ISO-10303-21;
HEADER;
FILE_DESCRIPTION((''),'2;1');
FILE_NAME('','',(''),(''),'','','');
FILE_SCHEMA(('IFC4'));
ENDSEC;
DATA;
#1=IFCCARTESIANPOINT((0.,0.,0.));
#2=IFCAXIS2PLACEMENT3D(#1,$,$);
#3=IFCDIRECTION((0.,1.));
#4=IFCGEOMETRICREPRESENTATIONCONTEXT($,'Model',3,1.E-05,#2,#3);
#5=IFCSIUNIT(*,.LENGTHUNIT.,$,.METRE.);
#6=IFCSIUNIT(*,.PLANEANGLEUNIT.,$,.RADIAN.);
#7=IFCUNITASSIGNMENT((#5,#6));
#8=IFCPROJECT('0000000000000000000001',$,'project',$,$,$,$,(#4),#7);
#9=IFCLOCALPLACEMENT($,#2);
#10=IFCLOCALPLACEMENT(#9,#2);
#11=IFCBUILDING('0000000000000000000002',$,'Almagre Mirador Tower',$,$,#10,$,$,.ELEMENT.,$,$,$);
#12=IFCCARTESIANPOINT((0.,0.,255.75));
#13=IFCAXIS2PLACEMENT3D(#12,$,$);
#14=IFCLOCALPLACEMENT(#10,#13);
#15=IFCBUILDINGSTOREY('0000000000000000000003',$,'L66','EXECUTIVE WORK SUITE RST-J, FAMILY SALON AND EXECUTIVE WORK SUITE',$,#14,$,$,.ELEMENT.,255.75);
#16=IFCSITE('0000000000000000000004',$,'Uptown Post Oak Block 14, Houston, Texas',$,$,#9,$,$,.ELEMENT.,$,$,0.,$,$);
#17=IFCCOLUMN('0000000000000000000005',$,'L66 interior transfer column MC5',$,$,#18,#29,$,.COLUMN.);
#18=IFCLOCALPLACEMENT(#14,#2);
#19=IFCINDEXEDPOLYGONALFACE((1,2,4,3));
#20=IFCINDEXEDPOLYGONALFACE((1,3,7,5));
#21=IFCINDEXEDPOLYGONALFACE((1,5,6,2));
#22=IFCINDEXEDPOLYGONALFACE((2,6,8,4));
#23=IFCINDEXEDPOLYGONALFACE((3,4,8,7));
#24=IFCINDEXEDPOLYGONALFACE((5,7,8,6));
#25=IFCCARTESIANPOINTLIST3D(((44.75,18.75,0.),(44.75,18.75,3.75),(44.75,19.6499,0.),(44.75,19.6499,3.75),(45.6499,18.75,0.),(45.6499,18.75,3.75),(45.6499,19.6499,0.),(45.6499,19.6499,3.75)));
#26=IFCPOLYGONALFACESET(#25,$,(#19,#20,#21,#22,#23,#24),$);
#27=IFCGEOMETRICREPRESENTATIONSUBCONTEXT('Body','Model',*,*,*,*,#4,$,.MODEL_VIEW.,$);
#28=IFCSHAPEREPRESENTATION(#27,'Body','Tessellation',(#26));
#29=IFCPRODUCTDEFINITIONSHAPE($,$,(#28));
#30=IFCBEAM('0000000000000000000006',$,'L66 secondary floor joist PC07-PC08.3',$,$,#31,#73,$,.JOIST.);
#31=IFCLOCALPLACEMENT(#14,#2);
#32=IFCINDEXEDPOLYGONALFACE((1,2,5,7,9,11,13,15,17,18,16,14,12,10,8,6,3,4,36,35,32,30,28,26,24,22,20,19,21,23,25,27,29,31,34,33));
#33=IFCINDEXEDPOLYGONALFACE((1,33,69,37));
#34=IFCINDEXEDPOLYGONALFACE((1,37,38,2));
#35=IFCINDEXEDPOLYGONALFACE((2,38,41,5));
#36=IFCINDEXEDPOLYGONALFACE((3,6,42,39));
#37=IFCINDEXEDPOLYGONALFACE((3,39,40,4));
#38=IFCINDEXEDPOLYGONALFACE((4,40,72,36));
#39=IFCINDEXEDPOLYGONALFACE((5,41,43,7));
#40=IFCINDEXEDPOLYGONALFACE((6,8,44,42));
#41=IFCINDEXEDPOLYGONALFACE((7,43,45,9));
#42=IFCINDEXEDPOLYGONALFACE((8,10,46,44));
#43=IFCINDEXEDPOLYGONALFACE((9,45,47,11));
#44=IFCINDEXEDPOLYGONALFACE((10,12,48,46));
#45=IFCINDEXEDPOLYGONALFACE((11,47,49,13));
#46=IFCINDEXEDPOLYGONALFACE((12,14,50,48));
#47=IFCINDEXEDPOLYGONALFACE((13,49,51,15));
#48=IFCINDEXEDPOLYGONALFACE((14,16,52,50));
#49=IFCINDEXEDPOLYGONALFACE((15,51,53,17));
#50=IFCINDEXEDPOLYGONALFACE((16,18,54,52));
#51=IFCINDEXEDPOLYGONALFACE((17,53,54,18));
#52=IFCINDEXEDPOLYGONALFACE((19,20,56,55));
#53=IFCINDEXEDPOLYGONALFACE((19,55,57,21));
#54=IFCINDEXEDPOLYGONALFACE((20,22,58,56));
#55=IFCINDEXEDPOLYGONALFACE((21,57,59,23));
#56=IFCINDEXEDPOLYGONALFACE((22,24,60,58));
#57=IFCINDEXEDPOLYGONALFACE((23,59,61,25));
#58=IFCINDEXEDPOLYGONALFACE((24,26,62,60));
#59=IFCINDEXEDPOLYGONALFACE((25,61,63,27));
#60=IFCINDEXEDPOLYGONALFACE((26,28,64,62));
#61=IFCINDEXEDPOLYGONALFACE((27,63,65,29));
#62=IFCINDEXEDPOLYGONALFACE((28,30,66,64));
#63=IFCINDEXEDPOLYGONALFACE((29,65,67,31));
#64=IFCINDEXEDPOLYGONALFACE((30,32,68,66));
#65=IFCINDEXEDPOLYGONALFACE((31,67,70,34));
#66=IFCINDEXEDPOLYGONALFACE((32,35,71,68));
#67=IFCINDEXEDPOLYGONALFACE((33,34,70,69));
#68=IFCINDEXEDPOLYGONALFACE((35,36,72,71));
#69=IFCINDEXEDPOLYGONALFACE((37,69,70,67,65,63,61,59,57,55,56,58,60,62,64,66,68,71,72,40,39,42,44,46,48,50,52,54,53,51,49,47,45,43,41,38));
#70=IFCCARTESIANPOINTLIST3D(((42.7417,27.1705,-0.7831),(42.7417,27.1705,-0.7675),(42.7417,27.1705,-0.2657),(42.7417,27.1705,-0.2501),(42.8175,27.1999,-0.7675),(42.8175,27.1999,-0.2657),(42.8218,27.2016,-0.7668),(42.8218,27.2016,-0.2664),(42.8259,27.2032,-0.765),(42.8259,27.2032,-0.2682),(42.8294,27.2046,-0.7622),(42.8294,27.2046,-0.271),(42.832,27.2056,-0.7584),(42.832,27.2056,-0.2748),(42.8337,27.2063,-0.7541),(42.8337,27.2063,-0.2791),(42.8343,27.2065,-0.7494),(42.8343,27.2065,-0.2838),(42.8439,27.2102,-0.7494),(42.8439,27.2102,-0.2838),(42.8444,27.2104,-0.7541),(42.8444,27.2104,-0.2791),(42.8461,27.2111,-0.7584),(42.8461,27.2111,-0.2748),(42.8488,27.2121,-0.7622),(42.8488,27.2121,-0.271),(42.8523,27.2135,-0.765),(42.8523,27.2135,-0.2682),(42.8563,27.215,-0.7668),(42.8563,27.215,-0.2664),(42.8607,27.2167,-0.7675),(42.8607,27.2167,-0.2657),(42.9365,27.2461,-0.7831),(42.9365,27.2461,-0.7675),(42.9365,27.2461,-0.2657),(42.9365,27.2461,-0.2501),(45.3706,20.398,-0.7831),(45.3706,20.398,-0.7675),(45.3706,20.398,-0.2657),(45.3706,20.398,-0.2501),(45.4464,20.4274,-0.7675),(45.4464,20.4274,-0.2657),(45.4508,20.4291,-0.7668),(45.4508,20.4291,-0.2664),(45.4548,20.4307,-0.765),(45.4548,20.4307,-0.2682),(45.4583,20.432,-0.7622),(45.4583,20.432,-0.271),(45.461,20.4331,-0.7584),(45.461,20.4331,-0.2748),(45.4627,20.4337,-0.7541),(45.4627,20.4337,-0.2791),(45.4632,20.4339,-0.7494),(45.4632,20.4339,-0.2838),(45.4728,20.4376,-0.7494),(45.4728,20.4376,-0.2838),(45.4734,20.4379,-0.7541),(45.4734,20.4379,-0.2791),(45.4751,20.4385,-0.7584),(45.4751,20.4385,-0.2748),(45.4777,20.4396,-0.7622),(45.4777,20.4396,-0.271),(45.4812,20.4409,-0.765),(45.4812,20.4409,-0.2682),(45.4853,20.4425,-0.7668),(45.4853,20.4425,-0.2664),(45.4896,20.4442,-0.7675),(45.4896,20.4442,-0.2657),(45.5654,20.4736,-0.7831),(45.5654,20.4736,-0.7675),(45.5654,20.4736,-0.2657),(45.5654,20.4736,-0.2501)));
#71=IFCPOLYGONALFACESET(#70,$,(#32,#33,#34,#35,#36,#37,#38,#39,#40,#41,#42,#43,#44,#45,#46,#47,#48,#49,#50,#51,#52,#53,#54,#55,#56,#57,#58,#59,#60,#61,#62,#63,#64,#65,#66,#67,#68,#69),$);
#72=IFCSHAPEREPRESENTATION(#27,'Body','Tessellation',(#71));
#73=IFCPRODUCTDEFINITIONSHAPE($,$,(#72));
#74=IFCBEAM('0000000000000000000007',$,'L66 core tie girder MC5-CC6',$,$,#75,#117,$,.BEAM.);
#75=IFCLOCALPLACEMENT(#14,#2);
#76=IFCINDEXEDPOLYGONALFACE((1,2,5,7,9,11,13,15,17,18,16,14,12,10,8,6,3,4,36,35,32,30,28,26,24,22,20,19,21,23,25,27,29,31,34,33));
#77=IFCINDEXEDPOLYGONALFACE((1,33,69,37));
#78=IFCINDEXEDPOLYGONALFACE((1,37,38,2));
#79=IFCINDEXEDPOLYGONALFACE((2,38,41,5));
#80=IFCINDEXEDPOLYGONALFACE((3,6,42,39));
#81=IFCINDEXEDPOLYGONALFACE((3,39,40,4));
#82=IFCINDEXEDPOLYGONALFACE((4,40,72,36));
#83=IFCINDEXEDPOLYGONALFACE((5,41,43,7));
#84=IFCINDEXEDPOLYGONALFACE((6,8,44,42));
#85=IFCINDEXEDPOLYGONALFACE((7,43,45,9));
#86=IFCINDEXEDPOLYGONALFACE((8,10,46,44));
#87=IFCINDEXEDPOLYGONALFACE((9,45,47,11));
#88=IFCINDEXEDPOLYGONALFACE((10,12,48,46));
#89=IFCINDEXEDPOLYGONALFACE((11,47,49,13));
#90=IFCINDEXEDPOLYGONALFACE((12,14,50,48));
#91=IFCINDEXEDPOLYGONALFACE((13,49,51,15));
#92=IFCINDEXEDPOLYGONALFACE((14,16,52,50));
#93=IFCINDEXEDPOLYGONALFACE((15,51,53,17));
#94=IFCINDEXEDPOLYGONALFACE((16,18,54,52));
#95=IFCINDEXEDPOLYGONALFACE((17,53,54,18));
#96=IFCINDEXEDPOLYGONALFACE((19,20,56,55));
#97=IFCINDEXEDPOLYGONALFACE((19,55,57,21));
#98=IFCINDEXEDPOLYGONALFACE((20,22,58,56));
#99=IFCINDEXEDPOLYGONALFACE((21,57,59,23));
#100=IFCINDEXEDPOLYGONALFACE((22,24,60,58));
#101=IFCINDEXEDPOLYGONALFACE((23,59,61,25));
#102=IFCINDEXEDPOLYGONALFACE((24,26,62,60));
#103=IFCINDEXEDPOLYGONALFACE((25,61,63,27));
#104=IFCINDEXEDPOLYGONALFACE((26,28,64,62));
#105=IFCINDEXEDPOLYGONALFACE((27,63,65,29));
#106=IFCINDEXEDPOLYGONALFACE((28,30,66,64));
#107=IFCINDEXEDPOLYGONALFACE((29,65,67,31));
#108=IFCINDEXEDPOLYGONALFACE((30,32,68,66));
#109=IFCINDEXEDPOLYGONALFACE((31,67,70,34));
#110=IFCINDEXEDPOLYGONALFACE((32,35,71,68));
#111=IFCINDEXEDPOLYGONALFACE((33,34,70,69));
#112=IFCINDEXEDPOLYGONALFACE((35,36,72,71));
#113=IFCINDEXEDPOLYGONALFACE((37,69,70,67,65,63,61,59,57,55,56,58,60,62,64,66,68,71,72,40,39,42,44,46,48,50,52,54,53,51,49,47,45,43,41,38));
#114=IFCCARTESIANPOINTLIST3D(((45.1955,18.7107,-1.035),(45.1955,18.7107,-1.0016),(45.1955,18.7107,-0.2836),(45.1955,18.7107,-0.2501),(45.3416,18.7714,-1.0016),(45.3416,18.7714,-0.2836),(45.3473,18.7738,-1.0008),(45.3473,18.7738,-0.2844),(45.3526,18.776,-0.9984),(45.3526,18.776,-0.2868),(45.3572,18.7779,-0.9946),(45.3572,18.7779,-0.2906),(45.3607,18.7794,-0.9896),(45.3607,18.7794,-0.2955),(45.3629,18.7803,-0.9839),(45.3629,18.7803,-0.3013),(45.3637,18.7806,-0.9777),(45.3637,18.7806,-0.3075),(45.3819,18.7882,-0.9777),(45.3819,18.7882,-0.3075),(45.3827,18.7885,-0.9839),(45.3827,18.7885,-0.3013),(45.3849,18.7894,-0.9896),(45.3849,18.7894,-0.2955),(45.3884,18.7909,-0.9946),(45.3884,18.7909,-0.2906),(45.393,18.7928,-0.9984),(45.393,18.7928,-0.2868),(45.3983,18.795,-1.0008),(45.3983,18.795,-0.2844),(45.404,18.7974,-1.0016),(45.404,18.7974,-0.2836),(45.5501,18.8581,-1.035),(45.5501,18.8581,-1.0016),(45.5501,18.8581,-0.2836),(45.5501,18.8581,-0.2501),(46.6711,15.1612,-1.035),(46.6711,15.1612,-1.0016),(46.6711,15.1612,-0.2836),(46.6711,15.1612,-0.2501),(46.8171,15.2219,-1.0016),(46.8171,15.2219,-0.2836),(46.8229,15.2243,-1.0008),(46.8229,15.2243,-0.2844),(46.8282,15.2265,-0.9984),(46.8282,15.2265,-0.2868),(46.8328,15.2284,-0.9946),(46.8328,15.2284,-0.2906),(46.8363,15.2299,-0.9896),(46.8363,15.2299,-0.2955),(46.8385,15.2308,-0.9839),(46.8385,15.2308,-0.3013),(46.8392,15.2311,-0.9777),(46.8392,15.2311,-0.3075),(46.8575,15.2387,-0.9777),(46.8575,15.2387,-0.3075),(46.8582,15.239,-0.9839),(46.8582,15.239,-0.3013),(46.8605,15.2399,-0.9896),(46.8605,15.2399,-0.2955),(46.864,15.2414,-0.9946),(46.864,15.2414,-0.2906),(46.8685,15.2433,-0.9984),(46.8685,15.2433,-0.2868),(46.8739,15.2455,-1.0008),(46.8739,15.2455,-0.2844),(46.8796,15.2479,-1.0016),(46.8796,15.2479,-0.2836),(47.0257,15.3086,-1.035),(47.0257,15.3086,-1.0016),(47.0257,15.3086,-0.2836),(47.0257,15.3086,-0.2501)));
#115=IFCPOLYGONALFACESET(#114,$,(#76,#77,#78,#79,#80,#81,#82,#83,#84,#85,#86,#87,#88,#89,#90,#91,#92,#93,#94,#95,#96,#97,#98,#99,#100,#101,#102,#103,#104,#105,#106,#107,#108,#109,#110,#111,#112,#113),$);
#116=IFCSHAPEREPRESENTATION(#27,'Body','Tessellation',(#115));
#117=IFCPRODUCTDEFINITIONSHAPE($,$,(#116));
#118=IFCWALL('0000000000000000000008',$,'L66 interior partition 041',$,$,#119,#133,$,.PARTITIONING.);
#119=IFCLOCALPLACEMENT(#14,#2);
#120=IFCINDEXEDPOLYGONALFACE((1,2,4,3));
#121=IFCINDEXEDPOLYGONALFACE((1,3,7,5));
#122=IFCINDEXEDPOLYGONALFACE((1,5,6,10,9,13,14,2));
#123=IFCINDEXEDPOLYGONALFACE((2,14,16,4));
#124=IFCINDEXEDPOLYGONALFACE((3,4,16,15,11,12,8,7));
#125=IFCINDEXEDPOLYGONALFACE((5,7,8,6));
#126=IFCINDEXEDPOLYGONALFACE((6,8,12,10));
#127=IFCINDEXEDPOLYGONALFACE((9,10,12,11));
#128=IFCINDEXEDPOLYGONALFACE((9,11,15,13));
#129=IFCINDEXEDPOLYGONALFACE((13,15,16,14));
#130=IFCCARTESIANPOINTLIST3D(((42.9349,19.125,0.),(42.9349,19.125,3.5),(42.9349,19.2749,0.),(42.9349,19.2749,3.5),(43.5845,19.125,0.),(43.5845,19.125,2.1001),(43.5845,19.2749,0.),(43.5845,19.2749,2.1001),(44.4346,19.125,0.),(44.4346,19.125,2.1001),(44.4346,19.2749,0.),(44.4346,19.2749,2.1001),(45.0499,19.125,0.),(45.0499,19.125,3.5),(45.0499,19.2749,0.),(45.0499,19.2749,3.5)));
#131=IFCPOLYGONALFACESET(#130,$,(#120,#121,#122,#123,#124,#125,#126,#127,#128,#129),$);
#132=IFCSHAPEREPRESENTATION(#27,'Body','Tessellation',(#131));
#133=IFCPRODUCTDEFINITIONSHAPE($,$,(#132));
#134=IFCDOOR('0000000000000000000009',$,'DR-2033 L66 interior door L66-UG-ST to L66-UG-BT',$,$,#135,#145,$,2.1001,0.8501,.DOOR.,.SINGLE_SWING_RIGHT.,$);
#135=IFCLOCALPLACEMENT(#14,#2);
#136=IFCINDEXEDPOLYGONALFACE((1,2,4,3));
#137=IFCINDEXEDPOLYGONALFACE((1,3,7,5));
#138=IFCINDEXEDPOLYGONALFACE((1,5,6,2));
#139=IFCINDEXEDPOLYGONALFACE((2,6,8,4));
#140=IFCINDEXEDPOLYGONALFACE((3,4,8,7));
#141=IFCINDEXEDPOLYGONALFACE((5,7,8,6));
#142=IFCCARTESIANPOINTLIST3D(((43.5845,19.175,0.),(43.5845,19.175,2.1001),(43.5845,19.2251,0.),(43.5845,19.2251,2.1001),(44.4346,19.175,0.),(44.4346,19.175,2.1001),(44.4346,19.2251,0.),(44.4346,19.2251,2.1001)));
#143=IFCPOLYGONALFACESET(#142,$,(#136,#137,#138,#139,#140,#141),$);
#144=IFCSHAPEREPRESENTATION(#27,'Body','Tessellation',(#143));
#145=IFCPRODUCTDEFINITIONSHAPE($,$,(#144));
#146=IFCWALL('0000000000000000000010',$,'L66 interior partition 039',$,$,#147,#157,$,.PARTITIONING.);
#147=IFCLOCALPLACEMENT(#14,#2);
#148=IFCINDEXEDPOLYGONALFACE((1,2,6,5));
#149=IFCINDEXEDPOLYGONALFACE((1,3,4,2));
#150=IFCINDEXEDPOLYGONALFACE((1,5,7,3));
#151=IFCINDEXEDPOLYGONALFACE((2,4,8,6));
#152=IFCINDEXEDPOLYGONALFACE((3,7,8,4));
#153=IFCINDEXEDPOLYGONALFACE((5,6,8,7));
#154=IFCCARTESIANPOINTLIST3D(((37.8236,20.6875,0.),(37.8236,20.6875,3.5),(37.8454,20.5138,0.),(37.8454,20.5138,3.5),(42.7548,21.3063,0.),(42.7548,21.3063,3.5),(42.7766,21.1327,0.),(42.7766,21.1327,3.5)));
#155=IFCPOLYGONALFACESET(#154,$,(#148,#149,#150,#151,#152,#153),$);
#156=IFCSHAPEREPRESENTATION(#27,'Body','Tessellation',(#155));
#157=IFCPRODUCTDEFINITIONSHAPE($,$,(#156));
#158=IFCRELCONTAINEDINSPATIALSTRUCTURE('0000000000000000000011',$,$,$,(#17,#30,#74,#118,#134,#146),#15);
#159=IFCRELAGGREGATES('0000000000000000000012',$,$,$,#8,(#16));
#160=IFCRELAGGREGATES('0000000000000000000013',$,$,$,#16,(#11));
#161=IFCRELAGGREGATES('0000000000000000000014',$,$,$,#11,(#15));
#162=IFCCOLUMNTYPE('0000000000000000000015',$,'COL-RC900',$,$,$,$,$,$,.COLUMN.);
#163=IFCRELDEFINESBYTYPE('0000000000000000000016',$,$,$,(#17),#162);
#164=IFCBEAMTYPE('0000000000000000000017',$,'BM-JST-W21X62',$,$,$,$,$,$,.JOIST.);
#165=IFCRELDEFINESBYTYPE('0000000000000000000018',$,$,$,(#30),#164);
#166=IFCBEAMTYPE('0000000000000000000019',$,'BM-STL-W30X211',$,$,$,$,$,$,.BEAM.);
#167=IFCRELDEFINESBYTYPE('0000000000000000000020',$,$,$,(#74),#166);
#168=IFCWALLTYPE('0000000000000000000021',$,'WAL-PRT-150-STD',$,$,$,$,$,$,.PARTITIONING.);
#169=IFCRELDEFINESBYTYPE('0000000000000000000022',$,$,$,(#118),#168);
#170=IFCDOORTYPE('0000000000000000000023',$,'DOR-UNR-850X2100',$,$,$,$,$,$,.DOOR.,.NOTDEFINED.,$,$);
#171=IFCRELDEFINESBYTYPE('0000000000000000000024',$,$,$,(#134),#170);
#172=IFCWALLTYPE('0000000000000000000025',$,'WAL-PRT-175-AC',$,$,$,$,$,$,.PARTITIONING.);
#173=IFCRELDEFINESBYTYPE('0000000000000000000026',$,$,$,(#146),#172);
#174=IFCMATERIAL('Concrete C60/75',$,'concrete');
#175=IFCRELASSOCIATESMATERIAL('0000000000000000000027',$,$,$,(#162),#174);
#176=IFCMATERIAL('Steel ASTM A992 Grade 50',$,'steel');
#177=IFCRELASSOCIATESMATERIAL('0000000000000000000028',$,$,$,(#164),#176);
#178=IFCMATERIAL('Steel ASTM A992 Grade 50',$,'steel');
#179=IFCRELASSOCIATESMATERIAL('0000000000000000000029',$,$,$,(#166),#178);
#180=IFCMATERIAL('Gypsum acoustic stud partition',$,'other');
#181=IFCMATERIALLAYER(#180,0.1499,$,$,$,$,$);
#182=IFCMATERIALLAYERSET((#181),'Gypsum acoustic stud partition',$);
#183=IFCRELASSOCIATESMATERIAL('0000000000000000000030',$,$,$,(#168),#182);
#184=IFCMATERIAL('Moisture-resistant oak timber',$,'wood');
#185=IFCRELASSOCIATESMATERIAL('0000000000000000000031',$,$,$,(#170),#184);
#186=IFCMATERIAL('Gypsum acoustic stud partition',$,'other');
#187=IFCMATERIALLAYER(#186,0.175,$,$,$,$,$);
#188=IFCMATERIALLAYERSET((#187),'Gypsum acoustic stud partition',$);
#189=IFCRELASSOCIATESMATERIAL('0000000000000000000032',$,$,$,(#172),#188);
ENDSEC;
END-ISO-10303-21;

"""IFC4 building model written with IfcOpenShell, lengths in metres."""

from ifc_helpers import new_model, si_unit, direction, frame, frame_2d, origin, origin_2d, place, context, subcontext, project, spatial, rectangle, i_section, extrude, material, layer, layer_set, material_profile, profile_set, type_object, element, fill, save


model = new_model("IFC4")

# Units and contexts
model_context = context("Model", 3, precision=1e-05, world=origin(), true_north=direction((0.0, 1.0)))
body_context = subcontext(model_context, "Body", "Model", "MODEL_VIEW")
ifc_project = project(units=[si_unit("LENGTHUNIT", "METRE"), si_unit("PLANEANGLEUNIT", "RADIAN")], contexts=[model_context])

# Site, building, storey
site_placement = place(None, origin())
site = spatial("IfcSite", under=ifc_project, at=site_placement, Name="Uptown Post Oak Block 14, Houston, Texas", CompositionType="ELEMENT", RefElevation=0.0)
building_placement = place(site_placement, origin())
building = spatial("IfcBuilding", under=site, at=building_placement, Name="Almagre Mirador Tower", CompositionType="ELEMENT")
storey_placement = place(building_placement, frame((0.0, 0.0, 255.75)))
storey = spatial("IfcBuildingStorey", under=building, at=storey_placement, Name="L66", Description="EXECUTIVE WORK SUITE RST-J, FAMILY SALON AND EXECUTIVE WORK SUITE", CompositionType="ELEMENT", Elevation=255.75)

# Column
ifc_material_1 = material(Name="Concrete C60/75", Category="concrete")
ifc_material_profile_1 = material_profile(ifc_material_1, rectangle(XDim=0.8999, YDim=0.8999, at=origin_2d()), Name="RC900X900")
ifc_profile_set_1 = profile_set([ifc_material_profile_1], Name="Concrete C60/75")
column_type = type_object("IfcColumnType", Name="COL-RC900", PredefinedType="COLUMN", material=ifc_profile_set_1)
column_placement = place(storey_placement, frame((45.2, 19.2, 0.0), z_axis=(0.0, 0.0, 1.0), x_axis=(1.0, 0.0, 0.0)))
element("IfcColumn", 1, at=column_placement, inside=storey, type_object=column_type, Name="L66 interior transfer column MC5", PredefinedType="COLUMN", context=body_context, shape_type="SweptSolid", body=[
    extrude(rectangle(XDim=0.8999, YDim=0.8999, at=origin_2d()), origin(), (0.0, 0.0, 1.0), 3.75),
])

# Beams
ifc_material_2 = material(Name="Steel ASTM A992 Grade 50", Category="steel")
ifc_material_profile_2 = material_profile(ifc_material_2, i_section(OverallWidth=0.209, OverallDepth=0.533, WebThickness=0.0103, FlangeThickness=0.0156, FilletRadius=0.0181, at=origin_2d()), Name="W21X62")
ifc_profile_set_2 = profile_set([ifc_material_profile_2], Name="Steel ASTM A992 Grade 50")
beam_type_1 = type_object("IfcBeamType", Name="BM-JST-W21X62", PredefinedType="JOIST", material=ifc_profile_set_2)
beam_1_placement = place(storey_placement, frame((45.468, 20.4358, -0.5166), z_axis=(-0.361869, 0.932229, 0.0), x_axis=(-0.932229, -0.361869, 0.0)))
element("IfcBeam", 2, at=beam_1_placement, inside=storey, type_object=beam_type_1, Name="L66 secondary floor joist PC07-PC08.3", PredefinedType="JOIST", context=body_context, shape_type="SweptSolid", body=[
    extrude(i_section(OverallWidth=0.209, OverallDepth=0.533, WebThickness=0.0103, FlangeThickness=0.0156, FilletRadius=0.0181, at=origin_2d()), origin(), (0.0, 0.0, 1.0), 7.2649),
])
ifc_material_3 = material(Name="Steel ASTM A992 Grade 50", Category="steel")
ifc_material_profile_3 = material_profile(ifc_material_3, i_section(OverallWidth=0.384, OverallDepth=0.7849, WebThickness=0.0198, FlangeThickness=0.0334, FilletRadius=0.0239, at=origin_2d()), Name="W30X211")
ifc_profile_set_3 = profile_set([ifc_material_profile_3], Name="Steel ASTM A992 Grade 50")
beam_type_2 = type_object("IfcBeamType", Name="BM-STL-W30X211", PredefinedType="BEAM", material=ifc_profile_set_3)
beam_2_placement = place(storey_placement, frame((45.3728, 18.7844, -0.6426), z_axis=(0.383862, -0.92339, 0.0), x_axis=(0.92339, 0.383862, 0.0)))
element("IfcBeam", 3, at=beam_2_placement, inside=storey, type_object=beam_type_2, Name="L66 core tie girder MC5-CC6", PredefinedType="BEAM", context=body_context, shape_type="SweptSolid", body=[
    extrude(i_section(OverallWidth=0.384, OverallDepth=0.7849, WebThickness=0.0198, FlangeThickness=0.0334, FilletRadius=0.0239, at=origin_2d()), origin(), (0.0, 0.0, 1.0), 3.844),
])

# Wall, opening, door
ifc_material_4 = material(Name="Gypsum acoustic stud partition", Category="other")
ifc_layer_1 = layer(ifc_material_4, 0.1499)
ifc_layer_set_1 = layer_set([ifc_layer_1], Name="Gypsum acoustic stud partition")
wall_type_1 = type_object("IfcWallType", Name="WAL-PRT-150-STD", PredefinedType="PARTITIONING", material=ifc_layer_set_1)
wall_1_placement = place(storey_placement, frame((45.05, 19.2, 0.0), z_axis=(0.0, 0.0, 1.0), x_axis=(-1.0, 0.0, 0.0)))
wall_1 = element("IfcWall", 4, at=wall_1_placement, inside=storey, type_object=wall_type_1, Name="L66 interior partition 041", PredefinedType="PARTITIONING", context=body_context, shape_type="SweptSolid", body=[
    extrude(rectangle(XDim=2.115, YDim=0.1499, at=frame_2d((1.0576, 0.0))), origin(), (0.0, 0.0, 1.0), 3.5),
])
opening_1_placement = place(wall_1_placement, frame((0.6155, 0.0, 0.0)))
opening_1 = element("IfcOpeningElement", 5, at=opening_1_placement, cuts=wall_1, PredefinedType="OPENING", context=body_context, shape_type="SweptSolid", body=[
    extrude(rectangle(XDim=0.8501, YDim=2.1001, at=frame_2d((0.425, 1.05))), frame((0.0, 0.085, 0.0), z_axis=(0.0, -1.0, 0.0), x_axis=(1.0, 0.0, 0.0)), (0.0, 0.0, 1.0), 0.1699),
])
ifc_material_5 = material(Name="Moisture-resistant oak timber", Category="wood")
door_type_1 = type_object("IfcDoorType", Name="DOR-UNR-850X2100", OperationType="NOTDEFINED", PredefinedType="DOOR", material=ifc_material_5)
door_1_placement = place(opening_1_placement, origin())
door_1 = element("IfcDoor", 6, at=door_1_placement, inside=storey, type_object=door_type_1, Name="DR-2033 L66 interior door L66-UG-ST to L66-UG-BT", OperationType="SINGLE_SWING_RIGHT", OverallHeight=2.1001, OverallWidth=0.8501, PredefinedType="DOOR", context=body_context, shape_type="SweptSolid", body=[
    extrude(rectangle(XDim=0.8501, YDim=2.1001, at=frame_2d((0.425, 1.05))), frame((0.0, 0.0249, 0.0), z_axis=(0.0, -1.0, 0.0), x_axis=(1.0, 0.0, 0.0)), (0.0, 0.0, 1.0), 0.05),
])
fill(opening_1, door_1)

# Wall
ifc_material_6 = material(Name="Gypsum acoustic stud partition", Category="other")
ifc_layer_2 = layer(ifc_material_6, 0.175)
ifc_layer_set_2 = layer_set([ifc_layer_2], Name="Gypsum acoustic stud partition")
wall_type_2 = type_object("IfcWallType", Name="WAL-PRT-175-AC", PredefinedType="PARTITIONING", material=ifc_layer_set_2)
wall_2_placement = place(storey_placement, frame((42.7656, 21.2195, 0.0), z_axis=(0.0, 0.0, 1.0), x_axis=(-0.992217, -0.124524, 0.0)))
element("IfcWall", 7, at=wall_2_placement, inside=storey, type_object=wall_type_2, Name="L66 interior partition 039", PredefinedType="PARTITIONING", context=body_context, shape_type="SweptSolid", body=[
    extrude(rectangle(XDim=4.97, YDim=0.175, at=frame_2d((2.4849, 0.0))), origin(), (0.0, 0.0, 1.0), 3.5),
])

save(model, "model.ifc")
